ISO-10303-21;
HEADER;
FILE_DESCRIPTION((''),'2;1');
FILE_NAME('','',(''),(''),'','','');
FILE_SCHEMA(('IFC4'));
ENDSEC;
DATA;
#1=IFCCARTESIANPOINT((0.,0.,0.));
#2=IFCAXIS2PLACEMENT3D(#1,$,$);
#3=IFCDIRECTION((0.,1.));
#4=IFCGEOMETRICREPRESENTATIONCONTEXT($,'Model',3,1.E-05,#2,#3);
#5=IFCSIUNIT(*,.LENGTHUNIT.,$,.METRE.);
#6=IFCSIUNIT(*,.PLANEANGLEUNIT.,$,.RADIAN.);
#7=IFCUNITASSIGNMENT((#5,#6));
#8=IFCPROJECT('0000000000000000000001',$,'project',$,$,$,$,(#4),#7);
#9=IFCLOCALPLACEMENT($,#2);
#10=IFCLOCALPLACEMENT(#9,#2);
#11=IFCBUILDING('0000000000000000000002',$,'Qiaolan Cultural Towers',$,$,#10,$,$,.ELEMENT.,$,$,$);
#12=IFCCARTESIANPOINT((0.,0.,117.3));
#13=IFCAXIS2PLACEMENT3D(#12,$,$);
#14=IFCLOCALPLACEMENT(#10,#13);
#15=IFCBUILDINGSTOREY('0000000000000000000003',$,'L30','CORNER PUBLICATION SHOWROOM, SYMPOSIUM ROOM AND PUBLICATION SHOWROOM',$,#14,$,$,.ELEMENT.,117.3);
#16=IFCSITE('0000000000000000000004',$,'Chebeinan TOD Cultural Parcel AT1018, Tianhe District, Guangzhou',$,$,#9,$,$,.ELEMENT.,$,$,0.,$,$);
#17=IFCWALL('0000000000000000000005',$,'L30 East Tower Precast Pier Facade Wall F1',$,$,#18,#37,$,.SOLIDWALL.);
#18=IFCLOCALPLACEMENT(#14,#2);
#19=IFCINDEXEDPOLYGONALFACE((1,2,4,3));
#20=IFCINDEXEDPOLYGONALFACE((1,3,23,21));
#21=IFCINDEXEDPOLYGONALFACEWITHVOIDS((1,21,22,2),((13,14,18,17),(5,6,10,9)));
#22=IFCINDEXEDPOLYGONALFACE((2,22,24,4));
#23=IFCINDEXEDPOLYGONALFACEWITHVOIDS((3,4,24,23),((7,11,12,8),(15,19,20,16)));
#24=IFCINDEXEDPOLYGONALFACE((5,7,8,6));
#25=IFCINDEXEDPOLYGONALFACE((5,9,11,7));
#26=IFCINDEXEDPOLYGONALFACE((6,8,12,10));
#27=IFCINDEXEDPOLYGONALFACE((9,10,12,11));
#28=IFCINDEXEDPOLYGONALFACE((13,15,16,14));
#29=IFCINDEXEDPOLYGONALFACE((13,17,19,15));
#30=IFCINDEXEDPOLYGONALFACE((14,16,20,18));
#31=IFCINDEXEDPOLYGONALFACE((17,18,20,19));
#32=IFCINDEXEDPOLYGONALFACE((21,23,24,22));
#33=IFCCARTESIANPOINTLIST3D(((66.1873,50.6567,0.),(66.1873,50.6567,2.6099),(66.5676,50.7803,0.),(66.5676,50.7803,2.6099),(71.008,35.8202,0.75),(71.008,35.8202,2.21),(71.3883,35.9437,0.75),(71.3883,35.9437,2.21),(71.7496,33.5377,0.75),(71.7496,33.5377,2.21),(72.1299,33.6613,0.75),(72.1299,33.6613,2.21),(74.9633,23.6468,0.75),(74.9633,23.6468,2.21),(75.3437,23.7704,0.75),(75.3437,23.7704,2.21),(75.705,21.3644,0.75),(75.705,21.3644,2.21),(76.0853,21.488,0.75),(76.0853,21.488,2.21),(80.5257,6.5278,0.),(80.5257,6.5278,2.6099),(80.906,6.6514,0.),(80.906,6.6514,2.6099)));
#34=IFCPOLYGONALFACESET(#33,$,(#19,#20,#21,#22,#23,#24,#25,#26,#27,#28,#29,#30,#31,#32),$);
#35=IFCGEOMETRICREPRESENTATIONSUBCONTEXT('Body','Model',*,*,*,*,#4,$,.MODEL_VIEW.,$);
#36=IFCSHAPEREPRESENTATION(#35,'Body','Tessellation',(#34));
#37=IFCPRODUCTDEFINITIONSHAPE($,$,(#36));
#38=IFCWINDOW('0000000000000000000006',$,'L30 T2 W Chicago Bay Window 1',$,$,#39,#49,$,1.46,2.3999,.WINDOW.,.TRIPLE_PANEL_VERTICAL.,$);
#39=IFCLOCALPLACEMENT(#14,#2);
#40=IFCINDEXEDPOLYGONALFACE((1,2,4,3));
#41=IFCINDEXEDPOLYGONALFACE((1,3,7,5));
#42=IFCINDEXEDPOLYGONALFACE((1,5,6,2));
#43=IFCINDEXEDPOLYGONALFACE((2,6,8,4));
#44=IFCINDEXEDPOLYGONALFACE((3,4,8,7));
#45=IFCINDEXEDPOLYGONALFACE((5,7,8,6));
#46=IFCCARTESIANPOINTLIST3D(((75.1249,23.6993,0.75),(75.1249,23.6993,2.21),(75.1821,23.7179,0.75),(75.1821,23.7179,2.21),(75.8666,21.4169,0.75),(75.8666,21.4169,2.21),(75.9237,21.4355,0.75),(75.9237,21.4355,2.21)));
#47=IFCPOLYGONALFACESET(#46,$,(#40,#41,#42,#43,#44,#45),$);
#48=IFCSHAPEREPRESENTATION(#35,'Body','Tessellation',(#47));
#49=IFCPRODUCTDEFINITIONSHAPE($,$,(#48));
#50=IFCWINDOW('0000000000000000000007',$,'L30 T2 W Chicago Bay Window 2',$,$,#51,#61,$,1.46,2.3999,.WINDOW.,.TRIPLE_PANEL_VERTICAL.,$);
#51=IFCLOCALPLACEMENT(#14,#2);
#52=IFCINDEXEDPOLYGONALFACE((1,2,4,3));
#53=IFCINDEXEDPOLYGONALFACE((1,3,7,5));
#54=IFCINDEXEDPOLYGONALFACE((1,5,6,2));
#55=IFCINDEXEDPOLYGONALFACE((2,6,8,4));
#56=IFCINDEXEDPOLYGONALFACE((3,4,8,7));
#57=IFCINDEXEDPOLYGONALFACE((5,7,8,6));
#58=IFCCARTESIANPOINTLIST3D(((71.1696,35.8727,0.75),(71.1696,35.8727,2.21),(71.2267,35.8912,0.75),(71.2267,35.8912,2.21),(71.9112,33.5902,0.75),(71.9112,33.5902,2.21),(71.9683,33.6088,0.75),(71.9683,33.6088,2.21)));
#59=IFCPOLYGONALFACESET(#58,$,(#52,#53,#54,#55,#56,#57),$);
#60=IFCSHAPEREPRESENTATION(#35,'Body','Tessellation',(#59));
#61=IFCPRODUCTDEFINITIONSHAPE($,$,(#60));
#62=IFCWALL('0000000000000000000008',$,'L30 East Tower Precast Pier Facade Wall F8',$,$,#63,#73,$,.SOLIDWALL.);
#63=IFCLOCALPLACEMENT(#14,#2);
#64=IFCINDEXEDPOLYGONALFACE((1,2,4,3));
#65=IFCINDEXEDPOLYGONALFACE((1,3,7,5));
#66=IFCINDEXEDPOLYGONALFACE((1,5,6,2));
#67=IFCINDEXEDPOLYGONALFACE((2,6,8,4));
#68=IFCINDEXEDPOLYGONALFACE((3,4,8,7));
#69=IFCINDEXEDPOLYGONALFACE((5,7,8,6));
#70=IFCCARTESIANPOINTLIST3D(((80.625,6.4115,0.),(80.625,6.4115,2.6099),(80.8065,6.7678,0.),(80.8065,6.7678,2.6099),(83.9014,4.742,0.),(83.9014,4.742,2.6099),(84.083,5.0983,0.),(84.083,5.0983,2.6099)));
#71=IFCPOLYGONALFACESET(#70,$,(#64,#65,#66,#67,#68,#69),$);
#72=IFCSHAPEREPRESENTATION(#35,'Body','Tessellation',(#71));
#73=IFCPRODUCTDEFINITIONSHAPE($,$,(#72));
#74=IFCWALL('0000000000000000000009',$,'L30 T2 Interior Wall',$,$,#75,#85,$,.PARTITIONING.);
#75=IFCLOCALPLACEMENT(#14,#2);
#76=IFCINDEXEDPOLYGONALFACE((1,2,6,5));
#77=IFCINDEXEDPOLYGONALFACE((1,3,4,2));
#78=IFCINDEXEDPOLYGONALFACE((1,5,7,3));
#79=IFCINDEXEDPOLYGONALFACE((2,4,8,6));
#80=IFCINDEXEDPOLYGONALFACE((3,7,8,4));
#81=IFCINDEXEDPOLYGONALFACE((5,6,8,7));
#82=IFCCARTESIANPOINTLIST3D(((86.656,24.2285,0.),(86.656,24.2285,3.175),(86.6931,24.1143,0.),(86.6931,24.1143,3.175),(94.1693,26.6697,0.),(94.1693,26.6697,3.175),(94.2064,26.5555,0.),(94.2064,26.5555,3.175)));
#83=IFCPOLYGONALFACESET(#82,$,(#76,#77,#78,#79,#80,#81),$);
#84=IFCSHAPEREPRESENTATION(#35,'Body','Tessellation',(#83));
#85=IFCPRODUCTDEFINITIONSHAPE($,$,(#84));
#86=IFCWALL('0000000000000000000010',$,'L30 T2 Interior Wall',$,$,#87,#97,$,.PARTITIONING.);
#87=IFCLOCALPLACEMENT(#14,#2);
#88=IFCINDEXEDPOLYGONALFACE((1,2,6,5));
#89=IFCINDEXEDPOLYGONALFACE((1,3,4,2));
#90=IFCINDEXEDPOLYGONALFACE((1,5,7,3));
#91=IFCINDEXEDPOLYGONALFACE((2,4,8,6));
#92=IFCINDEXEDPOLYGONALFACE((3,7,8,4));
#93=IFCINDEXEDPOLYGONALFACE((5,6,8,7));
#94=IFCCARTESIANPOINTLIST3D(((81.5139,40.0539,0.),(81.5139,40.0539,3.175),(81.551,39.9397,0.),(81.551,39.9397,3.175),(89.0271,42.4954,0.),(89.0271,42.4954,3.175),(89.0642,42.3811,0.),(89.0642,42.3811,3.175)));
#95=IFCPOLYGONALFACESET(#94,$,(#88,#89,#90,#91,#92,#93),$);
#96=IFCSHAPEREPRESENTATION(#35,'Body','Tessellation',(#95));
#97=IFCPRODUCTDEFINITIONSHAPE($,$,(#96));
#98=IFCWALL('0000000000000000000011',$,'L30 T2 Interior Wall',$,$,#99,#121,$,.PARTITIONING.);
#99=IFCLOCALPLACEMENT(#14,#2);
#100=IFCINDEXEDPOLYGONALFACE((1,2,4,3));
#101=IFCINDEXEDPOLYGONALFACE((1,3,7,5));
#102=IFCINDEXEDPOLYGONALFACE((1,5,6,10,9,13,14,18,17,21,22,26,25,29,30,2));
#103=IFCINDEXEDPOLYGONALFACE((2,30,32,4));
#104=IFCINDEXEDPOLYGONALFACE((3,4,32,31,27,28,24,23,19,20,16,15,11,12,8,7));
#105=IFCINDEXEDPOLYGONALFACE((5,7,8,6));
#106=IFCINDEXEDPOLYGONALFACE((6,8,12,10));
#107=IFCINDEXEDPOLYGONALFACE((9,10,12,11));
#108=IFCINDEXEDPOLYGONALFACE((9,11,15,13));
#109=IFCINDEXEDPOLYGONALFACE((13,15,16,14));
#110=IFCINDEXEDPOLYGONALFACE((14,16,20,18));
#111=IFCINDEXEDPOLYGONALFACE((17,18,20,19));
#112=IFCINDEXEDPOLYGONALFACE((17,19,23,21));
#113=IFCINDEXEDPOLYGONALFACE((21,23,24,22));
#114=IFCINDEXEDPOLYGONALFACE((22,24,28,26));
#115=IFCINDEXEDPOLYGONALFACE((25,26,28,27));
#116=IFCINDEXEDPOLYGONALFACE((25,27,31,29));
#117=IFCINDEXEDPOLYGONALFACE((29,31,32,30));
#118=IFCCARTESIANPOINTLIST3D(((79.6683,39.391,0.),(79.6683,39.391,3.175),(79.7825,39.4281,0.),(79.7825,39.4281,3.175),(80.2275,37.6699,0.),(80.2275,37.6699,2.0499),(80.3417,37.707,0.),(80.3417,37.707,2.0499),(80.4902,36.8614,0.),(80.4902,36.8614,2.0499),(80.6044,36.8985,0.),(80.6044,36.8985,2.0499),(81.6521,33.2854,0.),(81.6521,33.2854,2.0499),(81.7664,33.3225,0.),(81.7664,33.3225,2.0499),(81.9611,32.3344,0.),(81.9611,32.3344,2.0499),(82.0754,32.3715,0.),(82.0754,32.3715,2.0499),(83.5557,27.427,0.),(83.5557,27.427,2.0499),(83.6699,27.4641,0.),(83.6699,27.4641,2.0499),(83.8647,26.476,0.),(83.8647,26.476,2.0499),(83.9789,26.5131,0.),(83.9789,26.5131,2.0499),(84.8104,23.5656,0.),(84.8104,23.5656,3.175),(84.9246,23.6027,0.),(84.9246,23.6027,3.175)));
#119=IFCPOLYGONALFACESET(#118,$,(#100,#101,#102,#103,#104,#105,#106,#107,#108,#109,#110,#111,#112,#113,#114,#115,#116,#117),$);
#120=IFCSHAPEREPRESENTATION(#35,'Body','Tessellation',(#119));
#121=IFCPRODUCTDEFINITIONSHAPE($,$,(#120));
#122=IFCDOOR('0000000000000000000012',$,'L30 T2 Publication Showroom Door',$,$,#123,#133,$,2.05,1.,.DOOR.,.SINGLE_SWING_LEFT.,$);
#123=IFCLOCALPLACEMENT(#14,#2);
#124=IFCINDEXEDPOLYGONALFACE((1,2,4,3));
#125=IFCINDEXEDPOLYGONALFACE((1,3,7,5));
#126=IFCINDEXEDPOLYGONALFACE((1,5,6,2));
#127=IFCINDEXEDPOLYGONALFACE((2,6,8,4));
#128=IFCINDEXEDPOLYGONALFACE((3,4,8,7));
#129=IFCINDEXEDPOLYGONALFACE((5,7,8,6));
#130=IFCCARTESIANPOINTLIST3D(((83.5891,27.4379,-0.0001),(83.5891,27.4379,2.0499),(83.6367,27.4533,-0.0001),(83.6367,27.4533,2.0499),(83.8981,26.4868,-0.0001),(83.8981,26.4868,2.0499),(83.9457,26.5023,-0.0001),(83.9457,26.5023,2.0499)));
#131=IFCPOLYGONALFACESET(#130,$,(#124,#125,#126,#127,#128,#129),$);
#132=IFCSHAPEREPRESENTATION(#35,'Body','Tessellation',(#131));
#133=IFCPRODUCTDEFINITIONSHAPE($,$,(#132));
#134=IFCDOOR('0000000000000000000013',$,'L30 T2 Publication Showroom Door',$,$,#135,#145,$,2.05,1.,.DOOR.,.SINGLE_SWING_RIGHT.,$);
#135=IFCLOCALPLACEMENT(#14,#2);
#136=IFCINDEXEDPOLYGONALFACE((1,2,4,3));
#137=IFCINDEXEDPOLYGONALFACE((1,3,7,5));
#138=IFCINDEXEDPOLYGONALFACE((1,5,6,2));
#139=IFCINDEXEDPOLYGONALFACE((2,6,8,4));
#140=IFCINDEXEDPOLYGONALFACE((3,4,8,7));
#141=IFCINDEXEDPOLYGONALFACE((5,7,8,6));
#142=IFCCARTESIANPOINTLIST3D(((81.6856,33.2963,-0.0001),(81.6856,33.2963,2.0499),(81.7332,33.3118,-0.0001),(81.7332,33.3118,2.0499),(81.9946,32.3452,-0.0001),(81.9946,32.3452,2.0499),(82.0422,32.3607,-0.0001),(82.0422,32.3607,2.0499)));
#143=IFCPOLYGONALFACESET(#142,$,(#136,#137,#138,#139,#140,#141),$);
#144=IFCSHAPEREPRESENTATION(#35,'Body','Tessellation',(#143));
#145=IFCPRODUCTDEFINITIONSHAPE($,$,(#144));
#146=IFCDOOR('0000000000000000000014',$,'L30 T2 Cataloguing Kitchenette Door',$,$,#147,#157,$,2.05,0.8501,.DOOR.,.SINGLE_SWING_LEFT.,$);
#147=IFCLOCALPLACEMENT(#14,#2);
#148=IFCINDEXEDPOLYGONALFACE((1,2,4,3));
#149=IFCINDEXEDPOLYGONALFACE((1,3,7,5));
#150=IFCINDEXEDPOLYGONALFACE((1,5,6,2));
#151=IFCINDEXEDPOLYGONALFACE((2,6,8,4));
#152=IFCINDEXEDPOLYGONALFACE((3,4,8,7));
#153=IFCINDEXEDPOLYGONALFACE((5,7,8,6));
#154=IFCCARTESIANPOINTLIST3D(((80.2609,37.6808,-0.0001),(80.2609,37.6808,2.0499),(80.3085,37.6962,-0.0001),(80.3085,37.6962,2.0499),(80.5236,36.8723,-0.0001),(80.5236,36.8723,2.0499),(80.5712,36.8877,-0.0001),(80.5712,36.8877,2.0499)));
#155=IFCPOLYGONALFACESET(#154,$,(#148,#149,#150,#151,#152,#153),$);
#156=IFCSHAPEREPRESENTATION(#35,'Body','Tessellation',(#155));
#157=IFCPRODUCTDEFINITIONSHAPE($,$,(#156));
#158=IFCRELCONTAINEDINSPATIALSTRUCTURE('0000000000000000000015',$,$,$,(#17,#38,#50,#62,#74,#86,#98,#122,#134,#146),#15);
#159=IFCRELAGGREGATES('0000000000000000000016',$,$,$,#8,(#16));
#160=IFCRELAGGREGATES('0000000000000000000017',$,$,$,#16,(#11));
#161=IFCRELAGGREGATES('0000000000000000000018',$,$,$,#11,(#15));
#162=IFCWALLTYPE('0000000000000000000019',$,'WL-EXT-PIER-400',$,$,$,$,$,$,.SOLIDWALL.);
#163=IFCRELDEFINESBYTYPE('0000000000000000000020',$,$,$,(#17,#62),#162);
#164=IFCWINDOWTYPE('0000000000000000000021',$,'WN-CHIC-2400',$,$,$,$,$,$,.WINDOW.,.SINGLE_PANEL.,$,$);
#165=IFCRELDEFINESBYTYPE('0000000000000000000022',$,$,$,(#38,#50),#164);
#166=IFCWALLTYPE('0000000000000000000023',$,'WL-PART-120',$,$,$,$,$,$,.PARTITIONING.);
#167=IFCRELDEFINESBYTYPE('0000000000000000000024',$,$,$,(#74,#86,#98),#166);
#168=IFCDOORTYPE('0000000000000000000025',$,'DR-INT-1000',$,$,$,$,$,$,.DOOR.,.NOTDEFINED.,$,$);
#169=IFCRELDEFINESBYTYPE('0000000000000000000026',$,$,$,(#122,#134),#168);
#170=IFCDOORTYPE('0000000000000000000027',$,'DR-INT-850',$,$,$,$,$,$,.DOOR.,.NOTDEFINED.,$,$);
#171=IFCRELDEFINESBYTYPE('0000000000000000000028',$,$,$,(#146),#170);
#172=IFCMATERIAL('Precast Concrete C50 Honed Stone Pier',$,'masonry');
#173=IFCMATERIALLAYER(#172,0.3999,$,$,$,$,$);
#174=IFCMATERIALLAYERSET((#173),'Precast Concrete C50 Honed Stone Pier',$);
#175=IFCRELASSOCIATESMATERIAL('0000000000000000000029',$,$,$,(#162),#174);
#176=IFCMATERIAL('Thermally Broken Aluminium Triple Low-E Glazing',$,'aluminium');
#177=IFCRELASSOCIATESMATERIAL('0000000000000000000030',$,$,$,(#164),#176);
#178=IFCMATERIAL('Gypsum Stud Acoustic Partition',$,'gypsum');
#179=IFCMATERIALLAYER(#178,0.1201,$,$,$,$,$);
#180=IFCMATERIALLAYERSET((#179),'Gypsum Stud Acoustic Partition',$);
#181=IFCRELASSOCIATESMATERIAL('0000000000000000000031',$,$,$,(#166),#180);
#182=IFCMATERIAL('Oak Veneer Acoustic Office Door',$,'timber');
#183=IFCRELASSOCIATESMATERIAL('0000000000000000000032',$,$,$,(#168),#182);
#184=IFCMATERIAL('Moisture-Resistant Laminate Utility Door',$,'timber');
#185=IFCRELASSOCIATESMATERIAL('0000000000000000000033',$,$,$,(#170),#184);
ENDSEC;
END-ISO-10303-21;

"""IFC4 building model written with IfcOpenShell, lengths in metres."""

from ifc_helpers import new_model, si_unit, direction, frame, frame_2d, origin, place, context, subcontext, project, spatial, rectangle, extrude, material, layer, layer_set, type_object, element, fill, save


model = new_model("IFC4")

# Units and contexts
model_context = context("Model", 3, precision=1e-05, world=origin(), true_north=direction((0.0, 1.0)))
body_context = subcontext(model_context, "Body", "Model", "MODEL_VIEW")
ifc_project = project(units=[si_unit("LENGTHUNIT", "METRE"), si_unit("PLANEANGLEUNIT", "RADIAN")], contexts=[model_context])

# Site, building, storey
site_placement = place(None, origin())
site = spatial("IfcSite", under=ifc_project, at=site_placement, Name="Chebeinan TOD Cultural Parcel AT1018, Tianhe District, Guangzhou", CompositionType="ELEMENT", RefElevation=0.0)
building_placement = place(site_placement, origin())
building = spatial("IfcBuilding", under=site, at=building_placement, Name="Qiaolan Cultural Towers", CompositionType="ELEMENT")
storey_placement = place(building_placement, frame((0.0, 0.0, 117.3)))
storey = spatial("IfcBuildingStorey", under=building, at=storey_placement, Name="L30", Description="CORNER PUBLICATION SHOWROOM, SYMPOSIUM ROOM AND PUBLICATION SHOWROOM", CompositionType="ELEMENT", Elevation=117.3)

# Wall, openings, windows
ifc_material_1 = material(Name="Precast Concrete C50 Honed Stone Pier", Category="masonry")
ifc_layer_1 = layer(ifc_material_1, 0.3999)
ifc_layer_set_1 = layer_set([ifc_layer_1], Name="Precast Concrete C50 Honed Stone Pier")
wall_type_1 = type_object("IfcWallType", Name="WL-EXT-PIER-400", PredefinedType="SOLIDWALL", material=ifc_layer_set_1)
wall_1_placement = place(storey_placement, frame((80.7158, 6.5896, 0.0), z_axis=(0.0, 0.0, 1.0), x_axis=(-0.309018, 0.951056, 0.0)))
wall_1 = element("IfcWall", 1, at=wall_1_placement, inside=storey, type_object=wall_type_1, Name="L30 East Tower Precast Pier Facade Wall F1", PredefinedType="SOLIDWALL", context=body_context, shape_type="SweptSolid", body=[
    extrude(rectangle(XDim=46.3999, YDim=0.3999, at=frame_2d((23.2, 0.0))), origin(), (0.0, 0.0, 1.0), 2.6099),
])
opening_1_placement = place(wall_1_placement, frame((15.6001, 0.0, 0.75)))
opening_1 = element("IfcOpeningElement", 2, at=opening_1_placement, cuts=wall_1, PredefinedType="OPENING", context=body_context, shape_type="SweptSolid", body=[
    extrude(rectangle(XDim=2.3999, YDim=1.46, at=frame_2d((1.2, 0.73))), frame((0.0, 0.21, 0.0), z_axis=(0.0, -1.0, 0.0), x_axis=(1.0, 0.0, 0.0)), (0.0, 0.0, 1.0), 0.4199),
])
opening_2_placement = place(wall_1_placement, frame((28.3999, 0.0, 0.75)))
opening_2 = element("IfcOpeningElement", 3, at=opening_2_placement, cuts=wall_1, PredefinedType="OPENING", context=body_context, shape_type="SweptSolid", body=[
    extrude(rectangle(XDim=2.3999, YDim=1.46, at=frame_2d((1.2, 0.73))), frame((0.0, 0.21, 0.0), z_axis=(0.0, -1.0, 0.0), x_axis=(1.0, 0.0, 0.0)), (0.0, 0.0, 1.0), 0.4199),
])
ifc_material_2 = material(Name="Thermally Broken Aluminium Triple Low-E Glazing", Category="aluminium")
window_type = type_object("IfcWindowType", Name="WN-CHIC-2400", PartitioningType="SINGLE_PANEL", PredefinedType="WINDOW", material=ifc_material_2)
window_1_placement = place(opening_1_placement, origin())
window_1 = element("IfcWindow", 4, at=window_1_placement, inside=storey, type_object=window_type, Name="L30 T2 W Chicago Bay Window 1", OverallHeight=1.46, OverallWidth=2.3999, PartitioningType="TRIPLE_PANEL_VERTICAL", PredefinedType="WINDOW", context=body_context, shape_type="SweptSolid", body=[
    extrude(rectangle(XDim=2.3999, YDim=1.46, at=frame_2d((1.2, 0.73))), frame((0.0, 0.03, 0.0), z_axis=(0.0, -1.0, 0.0), x_axis=(1.0, 0.0, 0.0)), (0.0, 0.0, 1.0), 0.0601),
])
fill(opening_1, window_1)
window_2_placement = place(opening_2_placement, origin())
window_2 = element("IfcWindow", 5, at=window_2_placement, inside=storey, type_object=window_type, Name="L30 T2 W Chicago Bay Window 2", OverallHeight=1.46, OverallWidth=2.3999, PartitioningType="TRIPLE_PANEL_VERTICAL", PredefinedType="WINDOW", context=body_context, shape_type="SweptSolid", body=[
    extrude(rectangle(XDim=2.3999, YDim=1.46, at=frame_2d((1.2, 0.73))), frame((0.0, 0.03, 0.0), z_axis=(0.0, -1.0, 0.0), x_axis=(1.0, 0.0, 0.0)), (0.0, 0.0, 1.0), 0.0601),
])
fill(opening_2, window_2)

# Walls
wall_2_placement = place(storey_placement, frame((83.9922, 4.9202, 0.0), z_axis=(0.0, 0.0, 1.0), x_axis=(-0.891002, 0.453999, 0.0)))
element("IfcWall", 6, at=wall_2_placement, inside=storey, type_object=wall_type_1, Name="L30 East Tower Precast Pier Facade Wall F8", PredefinedType="SOLIDWALL", context=body_context, shape_type="SweptSolid", body=[
    extrude(rectangle(XDim=3.6772, YDim=0.3999, at=frame_2d((1.8386, 0.0))), origin(), (0.0, 0.0, 1.0), 2.6099),
])
ifc_material_3 = material(Name="Gypsum Stud Acoustic Partition", Category="gypsum")
ifc_layer_2 = layer(ifc_material_3, 0.1201)
ifc_layer_set_2 = layer_set([ifc_layer_2], Name="Gypsum Stud Acoustic Partition")
wall_type_2 = type_object("IfcWallType", Name="WL-PART-120", PredefinedType="PARTITIONING", material=ifc_layer_set_2)
for number, where, z_axis, x_axis, name in (
    (7, (86.6746, 24.1714, 0.0), (0.0, 0.0, 1.0), (0.951057, 0.309015, 0.0), "L30 T2 Interior Wall"),
    (8, (81.5325, 39.9968, 0.0), (0.0, 0.0, 1.0), (0.951048, 0.309043, 0.0), "L30 T2 Interior Wall"),
):
    element("IfcWall", number, at=place(storey_placement, frame(where, z_axis=z_axis, x_axis=x_axis)), inside=storey, type_object=wall_type_2, Name=name, PredefinedType="PARTITIONING", context=body_context, shape_type="SweptSolid", body=[
        extrude(rectangle(XDim=7.8999, YDim=0.1201, at=frame_2d((3.95, 0.0))), origin(), (0.0, 0.0, 1.0), 3.175),
    ])

# Wall, openings, doors
wall_3_placement = place(storey_placement, frame((84.8674, 23.5842, 0.0), z_axis=(0.0, 0.0, 1.0), x_axis=(-0.309022, 0.951055, 0.0)))
wall_3 = element("IfcWall", 9, at=wall_3_placement, inside=storey, type_object=wall_type_2, Name="L30 T2 Interior Wall", PredefinedType="PARTITIONING", context=body_context, shape_type="SweptSolid", body=[
    extrude(rectangle(XDim=16.6399, YDim=0.1201, at=frame_2d((8.3198, 0.0))), origin(), (0.0, 0.0, 1.0), 3.175),
])
opening_3_placement = place(wall_3_placement, frame((3.0601, 0.0, 0.0)))
opening_3 = element("IfcOpeningElement", 10, at=opening_3_placement, cuts=wall_3, PredefinedType="OPENING", context=body_context, shape_type="SweptSolid", body=[
    extrude(rectangle(XDim=1.0, YDim=2.05, at=frame_2d((0.5, 1.0249))), frame((0.0, 0.0701, 0.0), z_axis=(0.0, -1.0, 0.0), x_axis=(1.0, 0.0, 0.0)), (0.0, 0.0, 1.0), 0.1401),
])
opening_4_placement = place(wall_3_placement, frame((9.22, 0.0, 0.0)))
opening_4 = element("IfcOpeningElement", 11, at=opening_4_placement, cuts=wall_3, PredefinedType="OPENING", context=body_context, shape_type="SweptSolid", body=[
    extrude(rectangle(XDim=1.0, YDim=2.05, at=frame_2d((0.5, 1.0249))), frame((0.0, 0.0701, 0.0), z_axis=(0.0, -1.0, 0.0), x_axis=(1.0, 0.0, 0.0)), (0.0, 0.0, 1.0), 0.1401),
])
opening_5_placement = place(wall_3_placement, frame((13.98, 0.0, 0.0)))
opening_5 = element("IfcOpeningElement", 12, at=opening_5_placement, cuts=wall_3, PredefinedType="OPENING", context=body_context, shape_type="SweptSolid", body=[
    extrude(rectangle(XDim=0.8501, YDim=2.05, at=frame_2d((0.425, 1.0249))), frame((0.0, 0.0701, 0.0), z_axis=(0.0, -1.0, 0.0), x_axis=(1.0, 0.0, 0.0)), (0.0, 0.0, 1.0), 0.1401),
])
ifc_material_4 = material(Name="Oak Veneer Acoustic Office Door", Category="timber")
door_type_1 = type_object("IfcDoorType", Name="DR-INT-1000", OperationType="NOTDEFINED", PredefinedType="DOOR", material=ifc_material_4)
door_1_placement = place(opening_3_placement, origin())
door_1 = element("IfcDoor", 13, at=door_1_placement, inside=storey, type_object=door_type_1, Name="L30 T2 Publication Showroom Door", OperationType="SINGLE_SWING_LEFT", OverallHeight=2.05, OverallWidth=1.0, PredefinedType="DOOR", context=body_context, shape_type="SweptSolid", body=[
    extrude(rectangle(XDim=1.0, YDim=2.05, at=frame_2d((0.5, 1.0249))), frame((0.0, 0.0249, 0.0), z_axis=(0.0, -1.0, 0.0), x_axis=(1.0, 0.0, 0.0)), (0.0, 0.0, 1.0), 0.05),
])
fill(opening_3, door_1)
door_2_placement = place(opening_4_placement, origin())
door_2 = element("IfcDoor", 14, at=door_2_placement, inside=storey, type_object=door_type_1, Name="L30 T2 Publication Showroom Door", OperationType="SINGLE_SWING_RIGHT", OverallHeight=2.05, OverallWidth=1.0, PredefinedType="DOOR", context=body_context, shape_type="SweptSolid", body=[
    extrude(rectangle(XDim=1.0, YDim=2.05, at=frame_2d((0.5, 1.0249))), frame((0.0, 0.0249, 0.0), z_axis=(0.0, -1.0, 0.0), x_axis=(1.0, 0.0, 0.0)), (0.0, 0.0, 1.0), 0.05),
])
fill(opening_4, door_2)
ifc_material_5 = material(Name="Moisture-Resistant Laminate Utility Door", Category="timber")
door_type_2 = type_object("IfcDoorType", Name="DR-INT-850", OperationType="NOTDEFINED", PredefinedType="DOOR", material=ifc_material_5)
door_3_placement = place(opening_5_placement, origin())
door_3 = element("IfcDoor", 15, at=door_3_placement, inside=storey, type_object=door_type_2, Name="L30 T2 Cataloguing Kitchenette Door", OperationType="SINGLE_SWING_LEFT", OverallHeight=2.05, OverallWidth=0.8501, PredefinedType="DOOR", context=body_context, shape_type="SweptSolid", body=[
    extrude(rectangle(XDim=0.8501, YDim=2.05, at=frame_2d((0.425, 1.0249))), frame((0.0, 0.0249, 0.0), z_axis=(0.0, -1.0, 0.0), x_axis=(1.0, 0.0, 0.0)), (0.0, 0.0, 1.0), 0.05),
])
fill(opening_5, door_3)

save(model, "model.ifc")
